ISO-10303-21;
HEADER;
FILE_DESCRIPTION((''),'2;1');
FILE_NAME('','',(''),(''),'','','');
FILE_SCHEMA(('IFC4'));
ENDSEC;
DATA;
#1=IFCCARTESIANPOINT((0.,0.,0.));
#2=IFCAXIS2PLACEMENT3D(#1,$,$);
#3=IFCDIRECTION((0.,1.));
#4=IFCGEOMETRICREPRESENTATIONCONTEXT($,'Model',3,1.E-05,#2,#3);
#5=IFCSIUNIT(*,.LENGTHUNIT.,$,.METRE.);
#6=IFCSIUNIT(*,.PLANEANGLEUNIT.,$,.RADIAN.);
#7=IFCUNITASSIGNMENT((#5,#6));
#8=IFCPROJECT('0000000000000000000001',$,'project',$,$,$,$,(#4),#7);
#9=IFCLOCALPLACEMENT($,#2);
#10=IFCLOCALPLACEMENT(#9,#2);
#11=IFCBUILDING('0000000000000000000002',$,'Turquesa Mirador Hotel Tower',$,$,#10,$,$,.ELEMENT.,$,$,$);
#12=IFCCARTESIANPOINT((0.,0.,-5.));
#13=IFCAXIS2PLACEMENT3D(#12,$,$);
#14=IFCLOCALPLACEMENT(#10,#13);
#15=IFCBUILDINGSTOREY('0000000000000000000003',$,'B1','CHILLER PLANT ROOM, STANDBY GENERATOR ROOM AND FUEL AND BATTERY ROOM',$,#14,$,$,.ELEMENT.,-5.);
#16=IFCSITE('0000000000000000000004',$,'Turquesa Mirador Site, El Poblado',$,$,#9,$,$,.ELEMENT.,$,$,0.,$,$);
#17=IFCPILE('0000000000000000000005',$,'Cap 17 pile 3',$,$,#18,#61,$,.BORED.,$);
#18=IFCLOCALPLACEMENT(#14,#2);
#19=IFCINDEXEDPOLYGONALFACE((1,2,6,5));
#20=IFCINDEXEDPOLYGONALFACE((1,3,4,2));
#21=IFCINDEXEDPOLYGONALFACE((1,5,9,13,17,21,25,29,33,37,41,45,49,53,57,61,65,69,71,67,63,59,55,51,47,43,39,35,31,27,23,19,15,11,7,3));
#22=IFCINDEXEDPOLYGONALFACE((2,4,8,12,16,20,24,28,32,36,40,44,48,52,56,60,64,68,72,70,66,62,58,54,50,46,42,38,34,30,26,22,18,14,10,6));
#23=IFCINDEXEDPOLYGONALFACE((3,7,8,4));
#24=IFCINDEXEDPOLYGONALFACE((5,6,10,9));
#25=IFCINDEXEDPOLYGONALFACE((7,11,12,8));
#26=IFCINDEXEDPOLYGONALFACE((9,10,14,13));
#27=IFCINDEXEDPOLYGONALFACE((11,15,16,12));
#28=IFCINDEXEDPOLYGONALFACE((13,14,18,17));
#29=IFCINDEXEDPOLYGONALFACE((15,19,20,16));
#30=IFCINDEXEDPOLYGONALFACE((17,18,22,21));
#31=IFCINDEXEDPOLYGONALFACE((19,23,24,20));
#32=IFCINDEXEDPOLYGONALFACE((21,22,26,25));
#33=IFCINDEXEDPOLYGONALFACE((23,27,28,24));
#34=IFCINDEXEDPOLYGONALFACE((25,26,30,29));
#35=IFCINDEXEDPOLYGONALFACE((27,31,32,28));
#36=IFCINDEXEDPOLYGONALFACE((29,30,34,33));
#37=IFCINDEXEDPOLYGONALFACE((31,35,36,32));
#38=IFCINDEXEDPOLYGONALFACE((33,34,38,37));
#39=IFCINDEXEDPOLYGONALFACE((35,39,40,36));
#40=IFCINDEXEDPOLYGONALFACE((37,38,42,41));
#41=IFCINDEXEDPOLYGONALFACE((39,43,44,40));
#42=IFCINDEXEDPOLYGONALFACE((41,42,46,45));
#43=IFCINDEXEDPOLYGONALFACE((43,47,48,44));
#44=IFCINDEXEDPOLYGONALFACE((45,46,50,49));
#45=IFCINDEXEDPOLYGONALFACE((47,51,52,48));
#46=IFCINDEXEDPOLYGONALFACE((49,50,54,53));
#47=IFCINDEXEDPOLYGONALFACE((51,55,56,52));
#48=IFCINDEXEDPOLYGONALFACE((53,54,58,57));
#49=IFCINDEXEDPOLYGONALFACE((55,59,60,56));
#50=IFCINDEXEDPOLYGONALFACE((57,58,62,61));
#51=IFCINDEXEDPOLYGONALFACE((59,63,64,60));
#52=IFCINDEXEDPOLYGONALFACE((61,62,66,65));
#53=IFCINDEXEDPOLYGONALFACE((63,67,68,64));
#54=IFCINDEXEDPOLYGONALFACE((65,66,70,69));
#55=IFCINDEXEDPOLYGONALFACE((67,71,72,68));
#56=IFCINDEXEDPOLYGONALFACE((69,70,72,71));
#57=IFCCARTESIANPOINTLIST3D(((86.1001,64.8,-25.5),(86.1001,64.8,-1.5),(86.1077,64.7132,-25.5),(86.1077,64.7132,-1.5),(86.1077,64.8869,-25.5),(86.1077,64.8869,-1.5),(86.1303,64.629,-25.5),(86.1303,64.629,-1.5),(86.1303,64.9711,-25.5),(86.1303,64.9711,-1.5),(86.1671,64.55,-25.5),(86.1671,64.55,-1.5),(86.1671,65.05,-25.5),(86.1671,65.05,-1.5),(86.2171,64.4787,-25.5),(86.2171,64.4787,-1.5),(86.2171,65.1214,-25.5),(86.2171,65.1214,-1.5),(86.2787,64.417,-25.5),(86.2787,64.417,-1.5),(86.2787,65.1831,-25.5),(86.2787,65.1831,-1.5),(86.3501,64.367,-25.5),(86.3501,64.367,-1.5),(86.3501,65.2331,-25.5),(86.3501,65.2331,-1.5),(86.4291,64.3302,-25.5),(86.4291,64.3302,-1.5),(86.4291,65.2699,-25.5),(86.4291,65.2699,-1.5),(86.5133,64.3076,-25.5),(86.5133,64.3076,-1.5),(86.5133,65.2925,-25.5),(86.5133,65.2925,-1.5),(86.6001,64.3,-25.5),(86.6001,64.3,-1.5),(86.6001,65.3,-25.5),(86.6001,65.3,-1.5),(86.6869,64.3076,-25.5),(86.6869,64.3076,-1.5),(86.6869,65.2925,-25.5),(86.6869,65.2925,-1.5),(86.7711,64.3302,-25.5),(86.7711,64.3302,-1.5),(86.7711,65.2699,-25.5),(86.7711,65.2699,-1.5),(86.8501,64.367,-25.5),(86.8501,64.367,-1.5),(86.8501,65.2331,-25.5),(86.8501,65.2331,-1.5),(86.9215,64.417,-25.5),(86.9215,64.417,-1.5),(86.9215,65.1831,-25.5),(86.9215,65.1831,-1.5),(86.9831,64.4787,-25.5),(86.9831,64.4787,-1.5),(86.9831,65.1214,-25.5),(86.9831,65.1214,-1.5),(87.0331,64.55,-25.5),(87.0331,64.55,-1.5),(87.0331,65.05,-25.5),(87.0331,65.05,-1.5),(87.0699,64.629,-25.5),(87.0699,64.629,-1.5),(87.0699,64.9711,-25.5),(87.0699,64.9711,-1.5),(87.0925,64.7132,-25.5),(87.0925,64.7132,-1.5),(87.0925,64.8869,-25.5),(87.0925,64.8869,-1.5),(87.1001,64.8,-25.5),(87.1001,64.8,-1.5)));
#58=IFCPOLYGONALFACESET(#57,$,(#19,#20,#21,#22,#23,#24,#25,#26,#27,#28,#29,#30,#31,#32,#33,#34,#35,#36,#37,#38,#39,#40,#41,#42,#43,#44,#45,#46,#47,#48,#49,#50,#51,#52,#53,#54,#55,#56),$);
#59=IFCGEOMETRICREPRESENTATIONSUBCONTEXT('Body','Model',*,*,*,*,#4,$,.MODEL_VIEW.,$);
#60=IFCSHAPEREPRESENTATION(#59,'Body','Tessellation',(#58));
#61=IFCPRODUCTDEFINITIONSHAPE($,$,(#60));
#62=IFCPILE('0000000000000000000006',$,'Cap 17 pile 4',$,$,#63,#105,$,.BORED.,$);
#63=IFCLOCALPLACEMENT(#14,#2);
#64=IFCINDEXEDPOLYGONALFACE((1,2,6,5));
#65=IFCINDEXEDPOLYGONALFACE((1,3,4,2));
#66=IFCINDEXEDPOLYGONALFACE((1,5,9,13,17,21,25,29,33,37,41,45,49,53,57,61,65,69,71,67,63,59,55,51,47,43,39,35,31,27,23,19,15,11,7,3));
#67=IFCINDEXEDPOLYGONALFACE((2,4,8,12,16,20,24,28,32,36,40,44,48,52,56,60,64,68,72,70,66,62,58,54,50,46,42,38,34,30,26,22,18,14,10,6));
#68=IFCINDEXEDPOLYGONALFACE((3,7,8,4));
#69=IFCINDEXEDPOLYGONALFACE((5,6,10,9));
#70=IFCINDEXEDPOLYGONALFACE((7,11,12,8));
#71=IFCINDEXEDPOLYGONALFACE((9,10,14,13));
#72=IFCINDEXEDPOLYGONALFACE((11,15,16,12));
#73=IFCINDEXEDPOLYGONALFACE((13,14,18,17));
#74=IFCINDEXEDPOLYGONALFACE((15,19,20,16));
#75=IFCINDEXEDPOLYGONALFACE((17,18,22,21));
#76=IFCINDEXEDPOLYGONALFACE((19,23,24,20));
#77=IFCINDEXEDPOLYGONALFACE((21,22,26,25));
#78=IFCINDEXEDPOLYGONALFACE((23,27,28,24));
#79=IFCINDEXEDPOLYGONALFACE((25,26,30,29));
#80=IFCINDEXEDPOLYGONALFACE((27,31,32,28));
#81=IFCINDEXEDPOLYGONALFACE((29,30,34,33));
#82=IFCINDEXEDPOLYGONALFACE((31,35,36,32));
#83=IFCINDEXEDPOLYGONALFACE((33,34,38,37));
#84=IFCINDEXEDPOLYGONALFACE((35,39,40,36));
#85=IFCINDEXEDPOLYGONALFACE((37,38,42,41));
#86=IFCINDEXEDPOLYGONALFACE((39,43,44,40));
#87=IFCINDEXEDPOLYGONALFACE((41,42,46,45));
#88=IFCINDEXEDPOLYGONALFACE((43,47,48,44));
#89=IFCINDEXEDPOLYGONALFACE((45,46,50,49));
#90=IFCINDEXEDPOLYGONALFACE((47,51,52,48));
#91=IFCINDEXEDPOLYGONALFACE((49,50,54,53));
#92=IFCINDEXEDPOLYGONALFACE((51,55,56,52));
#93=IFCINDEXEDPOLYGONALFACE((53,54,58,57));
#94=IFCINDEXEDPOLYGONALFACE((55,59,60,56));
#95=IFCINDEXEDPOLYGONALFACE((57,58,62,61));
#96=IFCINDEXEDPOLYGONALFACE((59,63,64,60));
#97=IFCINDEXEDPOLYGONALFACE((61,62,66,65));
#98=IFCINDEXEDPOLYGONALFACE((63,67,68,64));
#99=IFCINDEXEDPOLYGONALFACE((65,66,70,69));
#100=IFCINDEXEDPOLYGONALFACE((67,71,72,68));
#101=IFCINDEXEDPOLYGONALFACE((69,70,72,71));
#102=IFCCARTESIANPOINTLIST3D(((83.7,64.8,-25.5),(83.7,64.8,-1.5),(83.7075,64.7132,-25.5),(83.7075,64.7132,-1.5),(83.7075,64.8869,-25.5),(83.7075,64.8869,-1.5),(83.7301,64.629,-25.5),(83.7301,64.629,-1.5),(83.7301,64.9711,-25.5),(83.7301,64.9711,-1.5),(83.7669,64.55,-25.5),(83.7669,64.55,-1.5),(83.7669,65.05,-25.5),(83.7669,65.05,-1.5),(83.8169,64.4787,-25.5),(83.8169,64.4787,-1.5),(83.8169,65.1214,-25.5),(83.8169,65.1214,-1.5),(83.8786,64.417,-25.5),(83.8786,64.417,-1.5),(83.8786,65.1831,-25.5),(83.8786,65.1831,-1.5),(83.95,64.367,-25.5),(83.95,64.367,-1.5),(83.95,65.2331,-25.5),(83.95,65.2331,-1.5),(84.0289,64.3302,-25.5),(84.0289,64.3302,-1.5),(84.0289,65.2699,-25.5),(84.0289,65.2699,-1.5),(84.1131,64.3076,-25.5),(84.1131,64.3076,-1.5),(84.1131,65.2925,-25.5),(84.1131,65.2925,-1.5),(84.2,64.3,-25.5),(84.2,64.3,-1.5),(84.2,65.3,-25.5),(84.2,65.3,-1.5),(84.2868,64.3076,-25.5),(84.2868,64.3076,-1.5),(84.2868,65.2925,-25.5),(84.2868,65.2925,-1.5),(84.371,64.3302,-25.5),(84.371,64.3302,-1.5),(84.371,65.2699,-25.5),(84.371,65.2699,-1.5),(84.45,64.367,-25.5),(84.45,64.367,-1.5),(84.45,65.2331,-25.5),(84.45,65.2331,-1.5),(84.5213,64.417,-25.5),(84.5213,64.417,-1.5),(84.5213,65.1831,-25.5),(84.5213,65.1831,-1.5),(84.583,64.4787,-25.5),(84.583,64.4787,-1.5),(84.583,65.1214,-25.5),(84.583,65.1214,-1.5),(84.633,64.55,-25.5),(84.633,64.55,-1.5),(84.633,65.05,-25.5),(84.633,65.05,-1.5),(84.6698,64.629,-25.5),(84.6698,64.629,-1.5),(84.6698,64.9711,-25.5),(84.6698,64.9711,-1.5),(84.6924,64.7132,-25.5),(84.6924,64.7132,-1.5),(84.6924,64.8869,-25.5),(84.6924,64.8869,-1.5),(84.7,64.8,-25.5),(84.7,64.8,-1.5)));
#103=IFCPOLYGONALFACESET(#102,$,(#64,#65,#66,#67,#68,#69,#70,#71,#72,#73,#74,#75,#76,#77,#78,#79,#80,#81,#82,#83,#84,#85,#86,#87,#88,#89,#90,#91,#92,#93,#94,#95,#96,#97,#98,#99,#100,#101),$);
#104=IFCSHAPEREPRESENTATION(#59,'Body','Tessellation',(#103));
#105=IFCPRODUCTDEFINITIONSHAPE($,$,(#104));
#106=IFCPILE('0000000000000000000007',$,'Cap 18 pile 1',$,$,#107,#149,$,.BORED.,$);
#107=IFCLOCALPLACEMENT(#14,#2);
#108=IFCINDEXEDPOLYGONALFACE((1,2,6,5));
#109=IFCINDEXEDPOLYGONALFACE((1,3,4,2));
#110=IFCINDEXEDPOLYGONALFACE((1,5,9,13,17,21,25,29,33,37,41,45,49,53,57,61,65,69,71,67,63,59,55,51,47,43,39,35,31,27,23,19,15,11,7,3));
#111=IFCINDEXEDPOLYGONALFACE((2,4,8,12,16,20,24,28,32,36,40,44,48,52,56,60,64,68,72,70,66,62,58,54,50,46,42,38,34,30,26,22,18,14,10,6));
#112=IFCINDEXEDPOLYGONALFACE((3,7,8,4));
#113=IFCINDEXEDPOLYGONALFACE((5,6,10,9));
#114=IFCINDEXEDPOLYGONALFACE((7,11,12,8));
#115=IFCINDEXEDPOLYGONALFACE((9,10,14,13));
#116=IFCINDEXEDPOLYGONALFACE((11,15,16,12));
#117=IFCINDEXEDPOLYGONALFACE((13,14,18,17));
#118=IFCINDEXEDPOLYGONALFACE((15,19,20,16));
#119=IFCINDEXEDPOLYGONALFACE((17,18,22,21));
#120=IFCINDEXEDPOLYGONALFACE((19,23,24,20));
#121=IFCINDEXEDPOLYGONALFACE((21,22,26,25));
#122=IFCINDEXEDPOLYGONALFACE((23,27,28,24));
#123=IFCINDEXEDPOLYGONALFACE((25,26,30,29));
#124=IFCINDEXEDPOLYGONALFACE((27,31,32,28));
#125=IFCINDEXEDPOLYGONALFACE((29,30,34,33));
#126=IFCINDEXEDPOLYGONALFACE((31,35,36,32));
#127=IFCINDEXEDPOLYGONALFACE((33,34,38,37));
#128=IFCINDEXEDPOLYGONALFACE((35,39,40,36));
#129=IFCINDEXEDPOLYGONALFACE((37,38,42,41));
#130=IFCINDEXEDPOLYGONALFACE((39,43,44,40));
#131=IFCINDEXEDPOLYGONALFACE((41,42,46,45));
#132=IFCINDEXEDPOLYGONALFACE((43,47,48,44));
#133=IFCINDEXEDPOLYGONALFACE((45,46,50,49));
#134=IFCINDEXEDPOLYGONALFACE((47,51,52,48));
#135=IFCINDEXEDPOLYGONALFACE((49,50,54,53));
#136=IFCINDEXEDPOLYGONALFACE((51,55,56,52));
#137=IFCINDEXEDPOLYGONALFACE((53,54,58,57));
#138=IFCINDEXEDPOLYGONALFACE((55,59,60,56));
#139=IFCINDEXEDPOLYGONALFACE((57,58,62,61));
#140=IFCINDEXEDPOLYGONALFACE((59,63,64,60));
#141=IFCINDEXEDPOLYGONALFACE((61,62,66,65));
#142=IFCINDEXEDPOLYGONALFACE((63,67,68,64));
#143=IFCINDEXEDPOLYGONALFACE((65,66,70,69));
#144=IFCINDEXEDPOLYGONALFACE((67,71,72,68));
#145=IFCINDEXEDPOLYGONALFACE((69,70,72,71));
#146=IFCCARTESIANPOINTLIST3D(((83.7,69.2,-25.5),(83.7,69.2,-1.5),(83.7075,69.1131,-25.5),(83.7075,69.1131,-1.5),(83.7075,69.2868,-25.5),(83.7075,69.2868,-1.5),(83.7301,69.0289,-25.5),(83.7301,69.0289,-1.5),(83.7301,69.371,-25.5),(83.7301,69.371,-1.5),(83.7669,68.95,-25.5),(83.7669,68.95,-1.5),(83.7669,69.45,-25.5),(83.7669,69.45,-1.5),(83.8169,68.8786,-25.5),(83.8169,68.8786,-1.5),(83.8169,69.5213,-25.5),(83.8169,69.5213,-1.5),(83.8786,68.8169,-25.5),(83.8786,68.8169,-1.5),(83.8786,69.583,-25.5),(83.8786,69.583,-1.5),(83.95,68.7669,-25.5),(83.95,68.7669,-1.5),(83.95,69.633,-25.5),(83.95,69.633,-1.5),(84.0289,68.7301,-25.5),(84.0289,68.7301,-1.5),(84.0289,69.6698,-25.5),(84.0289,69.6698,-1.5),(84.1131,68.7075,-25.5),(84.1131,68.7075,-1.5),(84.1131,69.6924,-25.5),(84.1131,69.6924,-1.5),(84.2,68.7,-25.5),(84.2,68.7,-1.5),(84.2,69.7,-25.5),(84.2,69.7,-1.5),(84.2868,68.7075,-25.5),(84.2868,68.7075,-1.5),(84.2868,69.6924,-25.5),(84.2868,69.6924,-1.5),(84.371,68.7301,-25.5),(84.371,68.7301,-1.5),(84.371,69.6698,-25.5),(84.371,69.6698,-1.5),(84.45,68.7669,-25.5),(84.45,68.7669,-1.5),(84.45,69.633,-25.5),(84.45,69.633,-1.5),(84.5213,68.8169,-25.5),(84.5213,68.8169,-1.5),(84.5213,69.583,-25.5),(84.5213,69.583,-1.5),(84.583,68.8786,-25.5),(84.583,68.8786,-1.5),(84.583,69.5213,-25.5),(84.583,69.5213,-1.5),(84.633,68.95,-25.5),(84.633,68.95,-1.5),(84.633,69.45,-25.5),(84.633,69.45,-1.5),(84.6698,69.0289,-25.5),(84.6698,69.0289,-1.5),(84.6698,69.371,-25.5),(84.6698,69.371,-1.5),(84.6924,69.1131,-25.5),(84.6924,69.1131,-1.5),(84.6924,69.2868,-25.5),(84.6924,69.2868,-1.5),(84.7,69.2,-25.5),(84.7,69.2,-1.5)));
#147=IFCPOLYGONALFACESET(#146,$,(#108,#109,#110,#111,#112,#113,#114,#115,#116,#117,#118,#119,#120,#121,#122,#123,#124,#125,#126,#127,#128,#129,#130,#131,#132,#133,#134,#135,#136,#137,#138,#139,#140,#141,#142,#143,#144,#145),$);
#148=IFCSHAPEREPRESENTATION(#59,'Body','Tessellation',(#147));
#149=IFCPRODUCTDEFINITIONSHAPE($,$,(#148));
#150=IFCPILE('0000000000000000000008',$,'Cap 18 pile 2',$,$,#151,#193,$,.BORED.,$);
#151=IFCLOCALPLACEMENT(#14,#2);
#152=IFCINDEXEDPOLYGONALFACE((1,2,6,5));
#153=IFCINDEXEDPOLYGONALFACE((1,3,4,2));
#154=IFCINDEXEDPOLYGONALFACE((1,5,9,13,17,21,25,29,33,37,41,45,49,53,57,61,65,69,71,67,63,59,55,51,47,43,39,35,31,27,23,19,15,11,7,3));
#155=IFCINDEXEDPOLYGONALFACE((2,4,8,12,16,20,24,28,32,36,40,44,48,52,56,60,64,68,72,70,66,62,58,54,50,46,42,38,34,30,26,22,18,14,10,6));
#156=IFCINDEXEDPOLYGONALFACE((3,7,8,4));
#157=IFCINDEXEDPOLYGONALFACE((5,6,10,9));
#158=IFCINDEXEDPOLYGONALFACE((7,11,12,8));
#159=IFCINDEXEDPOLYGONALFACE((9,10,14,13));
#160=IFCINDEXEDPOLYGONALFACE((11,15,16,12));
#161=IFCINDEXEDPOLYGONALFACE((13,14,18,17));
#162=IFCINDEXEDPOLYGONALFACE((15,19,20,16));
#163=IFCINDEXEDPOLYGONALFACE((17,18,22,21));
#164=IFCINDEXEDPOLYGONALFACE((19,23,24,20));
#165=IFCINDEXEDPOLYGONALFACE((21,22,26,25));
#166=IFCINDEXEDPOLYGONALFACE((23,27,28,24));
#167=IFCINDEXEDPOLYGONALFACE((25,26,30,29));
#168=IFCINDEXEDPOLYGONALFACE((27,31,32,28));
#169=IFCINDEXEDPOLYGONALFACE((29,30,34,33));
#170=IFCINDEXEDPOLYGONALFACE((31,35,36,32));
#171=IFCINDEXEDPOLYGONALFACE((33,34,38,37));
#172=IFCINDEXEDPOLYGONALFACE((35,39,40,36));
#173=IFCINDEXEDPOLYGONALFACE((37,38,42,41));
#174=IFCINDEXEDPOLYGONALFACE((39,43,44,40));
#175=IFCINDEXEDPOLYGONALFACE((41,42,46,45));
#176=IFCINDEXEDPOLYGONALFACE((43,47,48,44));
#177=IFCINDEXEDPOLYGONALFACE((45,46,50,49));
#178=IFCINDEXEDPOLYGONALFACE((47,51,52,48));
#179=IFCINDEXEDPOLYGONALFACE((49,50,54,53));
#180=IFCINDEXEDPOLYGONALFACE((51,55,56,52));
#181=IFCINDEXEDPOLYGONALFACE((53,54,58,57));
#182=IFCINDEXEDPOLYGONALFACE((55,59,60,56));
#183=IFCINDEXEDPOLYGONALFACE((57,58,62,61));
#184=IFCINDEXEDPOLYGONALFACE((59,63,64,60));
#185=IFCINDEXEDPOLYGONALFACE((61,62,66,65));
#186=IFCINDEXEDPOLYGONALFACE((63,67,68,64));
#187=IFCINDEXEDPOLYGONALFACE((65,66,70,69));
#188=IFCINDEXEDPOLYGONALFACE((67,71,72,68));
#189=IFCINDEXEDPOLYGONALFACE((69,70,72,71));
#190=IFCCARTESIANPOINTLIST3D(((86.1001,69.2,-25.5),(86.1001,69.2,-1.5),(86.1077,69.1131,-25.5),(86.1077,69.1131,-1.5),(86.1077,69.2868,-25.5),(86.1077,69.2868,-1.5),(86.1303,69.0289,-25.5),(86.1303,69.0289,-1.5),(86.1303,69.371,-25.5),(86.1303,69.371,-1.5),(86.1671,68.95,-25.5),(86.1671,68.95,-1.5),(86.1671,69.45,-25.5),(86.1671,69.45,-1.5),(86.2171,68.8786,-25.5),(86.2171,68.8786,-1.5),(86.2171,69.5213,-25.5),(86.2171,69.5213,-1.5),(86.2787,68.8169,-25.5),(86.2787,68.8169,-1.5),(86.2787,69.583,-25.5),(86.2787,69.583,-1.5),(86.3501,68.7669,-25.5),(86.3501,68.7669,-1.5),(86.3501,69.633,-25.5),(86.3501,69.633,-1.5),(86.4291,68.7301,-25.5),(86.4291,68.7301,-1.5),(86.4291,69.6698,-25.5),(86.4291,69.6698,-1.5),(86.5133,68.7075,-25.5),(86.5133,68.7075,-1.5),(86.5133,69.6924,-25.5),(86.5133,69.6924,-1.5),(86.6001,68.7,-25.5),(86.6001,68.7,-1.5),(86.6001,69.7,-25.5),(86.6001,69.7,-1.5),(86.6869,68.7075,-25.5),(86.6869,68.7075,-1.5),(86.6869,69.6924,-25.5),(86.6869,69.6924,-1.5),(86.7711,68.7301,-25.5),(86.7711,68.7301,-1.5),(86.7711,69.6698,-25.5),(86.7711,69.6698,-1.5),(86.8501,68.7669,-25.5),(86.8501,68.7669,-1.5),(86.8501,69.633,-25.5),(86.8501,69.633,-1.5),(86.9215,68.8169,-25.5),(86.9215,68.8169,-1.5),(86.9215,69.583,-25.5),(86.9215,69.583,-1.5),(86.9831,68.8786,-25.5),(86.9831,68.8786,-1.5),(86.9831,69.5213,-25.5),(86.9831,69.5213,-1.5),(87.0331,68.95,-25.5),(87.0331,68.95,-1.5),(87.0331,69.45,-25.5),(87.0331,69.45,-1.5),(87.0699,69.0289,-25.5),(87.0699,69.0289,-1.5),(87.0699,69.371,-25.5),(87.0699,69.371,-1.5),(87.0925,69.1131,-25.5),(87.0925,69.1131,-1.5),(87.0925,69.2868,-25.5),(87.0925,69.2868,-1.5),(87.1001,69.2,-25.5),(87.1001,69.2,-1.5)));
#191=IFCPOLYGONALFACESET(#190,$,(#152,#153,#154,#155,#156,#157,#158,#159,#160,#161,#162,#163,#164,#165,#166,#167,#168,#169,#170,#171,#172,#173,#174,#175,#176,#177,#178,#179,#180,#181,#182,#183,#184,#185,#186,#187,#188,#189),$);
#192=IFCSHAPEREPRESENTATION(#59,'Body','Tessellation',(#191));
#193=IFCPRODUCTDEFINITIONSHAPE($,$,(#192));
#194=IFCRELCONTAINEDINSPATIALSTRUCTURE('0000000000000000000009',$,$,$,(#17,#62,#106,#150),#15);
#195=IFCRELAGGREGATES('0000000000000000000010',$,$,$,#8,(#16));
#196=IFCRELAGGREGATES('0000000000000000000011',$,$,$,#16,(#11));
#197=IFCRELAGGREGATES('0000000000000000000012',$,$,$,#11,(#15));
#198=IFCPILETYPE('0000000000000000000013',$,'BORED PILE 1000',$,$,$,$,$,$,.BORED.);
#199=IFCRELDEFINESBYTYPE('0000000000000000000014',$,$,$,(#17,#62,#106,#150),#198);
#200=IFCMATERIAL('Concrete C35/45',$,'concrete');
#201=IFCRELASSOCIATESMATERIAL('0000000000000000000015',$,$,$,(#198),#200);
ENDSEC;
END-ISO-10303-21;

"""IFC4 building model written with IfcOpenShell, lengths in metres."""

from ifc_helpers import new_model, si_unit, direction, frame, origin, origin_2d, place, context, subcontext, project, spatial, circle, extrude, material, type_object, element, save


model = new_model("IFC4")

# Units and contexts
model_context = context("Model", 3, precision=1e-05, world=origin(), true_north=direction((0.0, 1.0)))
body_context = subcontext(model_context, "Body", "Model", "MODEL_VIEW")
ifc_project = project(units=[si_unit("LENGTHUNIT", "METRE"), si_unit("PLANEANGLEUNIT", "RADIAN")], contexts=[model_context])

# Site, building, storey
site_placement = place(None, origin())
site = spatial("IfcSite", under=ifc_project, at=site_placement, Name="Turquesa Mirador Site, El Poblado", CompositionType="ELEMENT", RefElevation=0.0)
building_placement = place(site_placement, origin())
building = spatial("IfcBuilding", under=site, at=building_placement, Name="Turquesa Mirador Hotel Tower", CompositionType="ELEMENT")
storey_placement = place(building_placement, frame((0.0, 0.0, -5.0)))
storey = spatial("IfcBuildingStorey", under=building, at=storey_placement, Name="B1", Description="CHILLER PLANT ROOM, STANDBY GENERATOR ROOM AND FUEL AND BATTERY ROOM", CompositionType="ELEMENT", Elevation=-5.0)

# Piles
ifc_material_1 = material(Name="Concrete C35/45", Category="concrete")
pile_type_1 = type_object("IfcPileType", Name="BORED PILE 1000", PredefinedType="BORED", material=ifc_material_1)
for number, where, z_axis, x_axis, name in (
    (1, (86.6001, 64.8, -1.5), (0.0, 0.0, -1.0), (1.0, 0.0, 0.0), "Cap 17 pile 3"),
    (2, (84.2, 64.8, -1.5), (0.0, 0.0, -1.0), (1.0, 0.0, 0.0), "Cap 17 pile 4"),
    (3, (84.2, 69.2, -1.5), (0.0, 0.0, -1.0), (1.0, 0.0, 0.0), "Cap 18 pile 1"),
    (4, (86.6001, 69.2, -1.5), (0.0, 0.0, -1.0), (1.0, 0.0, 0.0), "Cap 18 pile 2"),
):
    element("IfcPile", number, at=place(storey_placement, frame(where, z_axis=z_axis, x_axis=x_axis)), inside=storey, type_object=pile_type_1, Name=name, PredefinedType="BORED", context=body_context, shape_type="SweptSolid", body=[
        extrude(circle(Radius=0.5, at=origin_2d()), origin(), (0.0, 0.0, 1.0), 24.0),
    ])

save(model, "model.ifc")
